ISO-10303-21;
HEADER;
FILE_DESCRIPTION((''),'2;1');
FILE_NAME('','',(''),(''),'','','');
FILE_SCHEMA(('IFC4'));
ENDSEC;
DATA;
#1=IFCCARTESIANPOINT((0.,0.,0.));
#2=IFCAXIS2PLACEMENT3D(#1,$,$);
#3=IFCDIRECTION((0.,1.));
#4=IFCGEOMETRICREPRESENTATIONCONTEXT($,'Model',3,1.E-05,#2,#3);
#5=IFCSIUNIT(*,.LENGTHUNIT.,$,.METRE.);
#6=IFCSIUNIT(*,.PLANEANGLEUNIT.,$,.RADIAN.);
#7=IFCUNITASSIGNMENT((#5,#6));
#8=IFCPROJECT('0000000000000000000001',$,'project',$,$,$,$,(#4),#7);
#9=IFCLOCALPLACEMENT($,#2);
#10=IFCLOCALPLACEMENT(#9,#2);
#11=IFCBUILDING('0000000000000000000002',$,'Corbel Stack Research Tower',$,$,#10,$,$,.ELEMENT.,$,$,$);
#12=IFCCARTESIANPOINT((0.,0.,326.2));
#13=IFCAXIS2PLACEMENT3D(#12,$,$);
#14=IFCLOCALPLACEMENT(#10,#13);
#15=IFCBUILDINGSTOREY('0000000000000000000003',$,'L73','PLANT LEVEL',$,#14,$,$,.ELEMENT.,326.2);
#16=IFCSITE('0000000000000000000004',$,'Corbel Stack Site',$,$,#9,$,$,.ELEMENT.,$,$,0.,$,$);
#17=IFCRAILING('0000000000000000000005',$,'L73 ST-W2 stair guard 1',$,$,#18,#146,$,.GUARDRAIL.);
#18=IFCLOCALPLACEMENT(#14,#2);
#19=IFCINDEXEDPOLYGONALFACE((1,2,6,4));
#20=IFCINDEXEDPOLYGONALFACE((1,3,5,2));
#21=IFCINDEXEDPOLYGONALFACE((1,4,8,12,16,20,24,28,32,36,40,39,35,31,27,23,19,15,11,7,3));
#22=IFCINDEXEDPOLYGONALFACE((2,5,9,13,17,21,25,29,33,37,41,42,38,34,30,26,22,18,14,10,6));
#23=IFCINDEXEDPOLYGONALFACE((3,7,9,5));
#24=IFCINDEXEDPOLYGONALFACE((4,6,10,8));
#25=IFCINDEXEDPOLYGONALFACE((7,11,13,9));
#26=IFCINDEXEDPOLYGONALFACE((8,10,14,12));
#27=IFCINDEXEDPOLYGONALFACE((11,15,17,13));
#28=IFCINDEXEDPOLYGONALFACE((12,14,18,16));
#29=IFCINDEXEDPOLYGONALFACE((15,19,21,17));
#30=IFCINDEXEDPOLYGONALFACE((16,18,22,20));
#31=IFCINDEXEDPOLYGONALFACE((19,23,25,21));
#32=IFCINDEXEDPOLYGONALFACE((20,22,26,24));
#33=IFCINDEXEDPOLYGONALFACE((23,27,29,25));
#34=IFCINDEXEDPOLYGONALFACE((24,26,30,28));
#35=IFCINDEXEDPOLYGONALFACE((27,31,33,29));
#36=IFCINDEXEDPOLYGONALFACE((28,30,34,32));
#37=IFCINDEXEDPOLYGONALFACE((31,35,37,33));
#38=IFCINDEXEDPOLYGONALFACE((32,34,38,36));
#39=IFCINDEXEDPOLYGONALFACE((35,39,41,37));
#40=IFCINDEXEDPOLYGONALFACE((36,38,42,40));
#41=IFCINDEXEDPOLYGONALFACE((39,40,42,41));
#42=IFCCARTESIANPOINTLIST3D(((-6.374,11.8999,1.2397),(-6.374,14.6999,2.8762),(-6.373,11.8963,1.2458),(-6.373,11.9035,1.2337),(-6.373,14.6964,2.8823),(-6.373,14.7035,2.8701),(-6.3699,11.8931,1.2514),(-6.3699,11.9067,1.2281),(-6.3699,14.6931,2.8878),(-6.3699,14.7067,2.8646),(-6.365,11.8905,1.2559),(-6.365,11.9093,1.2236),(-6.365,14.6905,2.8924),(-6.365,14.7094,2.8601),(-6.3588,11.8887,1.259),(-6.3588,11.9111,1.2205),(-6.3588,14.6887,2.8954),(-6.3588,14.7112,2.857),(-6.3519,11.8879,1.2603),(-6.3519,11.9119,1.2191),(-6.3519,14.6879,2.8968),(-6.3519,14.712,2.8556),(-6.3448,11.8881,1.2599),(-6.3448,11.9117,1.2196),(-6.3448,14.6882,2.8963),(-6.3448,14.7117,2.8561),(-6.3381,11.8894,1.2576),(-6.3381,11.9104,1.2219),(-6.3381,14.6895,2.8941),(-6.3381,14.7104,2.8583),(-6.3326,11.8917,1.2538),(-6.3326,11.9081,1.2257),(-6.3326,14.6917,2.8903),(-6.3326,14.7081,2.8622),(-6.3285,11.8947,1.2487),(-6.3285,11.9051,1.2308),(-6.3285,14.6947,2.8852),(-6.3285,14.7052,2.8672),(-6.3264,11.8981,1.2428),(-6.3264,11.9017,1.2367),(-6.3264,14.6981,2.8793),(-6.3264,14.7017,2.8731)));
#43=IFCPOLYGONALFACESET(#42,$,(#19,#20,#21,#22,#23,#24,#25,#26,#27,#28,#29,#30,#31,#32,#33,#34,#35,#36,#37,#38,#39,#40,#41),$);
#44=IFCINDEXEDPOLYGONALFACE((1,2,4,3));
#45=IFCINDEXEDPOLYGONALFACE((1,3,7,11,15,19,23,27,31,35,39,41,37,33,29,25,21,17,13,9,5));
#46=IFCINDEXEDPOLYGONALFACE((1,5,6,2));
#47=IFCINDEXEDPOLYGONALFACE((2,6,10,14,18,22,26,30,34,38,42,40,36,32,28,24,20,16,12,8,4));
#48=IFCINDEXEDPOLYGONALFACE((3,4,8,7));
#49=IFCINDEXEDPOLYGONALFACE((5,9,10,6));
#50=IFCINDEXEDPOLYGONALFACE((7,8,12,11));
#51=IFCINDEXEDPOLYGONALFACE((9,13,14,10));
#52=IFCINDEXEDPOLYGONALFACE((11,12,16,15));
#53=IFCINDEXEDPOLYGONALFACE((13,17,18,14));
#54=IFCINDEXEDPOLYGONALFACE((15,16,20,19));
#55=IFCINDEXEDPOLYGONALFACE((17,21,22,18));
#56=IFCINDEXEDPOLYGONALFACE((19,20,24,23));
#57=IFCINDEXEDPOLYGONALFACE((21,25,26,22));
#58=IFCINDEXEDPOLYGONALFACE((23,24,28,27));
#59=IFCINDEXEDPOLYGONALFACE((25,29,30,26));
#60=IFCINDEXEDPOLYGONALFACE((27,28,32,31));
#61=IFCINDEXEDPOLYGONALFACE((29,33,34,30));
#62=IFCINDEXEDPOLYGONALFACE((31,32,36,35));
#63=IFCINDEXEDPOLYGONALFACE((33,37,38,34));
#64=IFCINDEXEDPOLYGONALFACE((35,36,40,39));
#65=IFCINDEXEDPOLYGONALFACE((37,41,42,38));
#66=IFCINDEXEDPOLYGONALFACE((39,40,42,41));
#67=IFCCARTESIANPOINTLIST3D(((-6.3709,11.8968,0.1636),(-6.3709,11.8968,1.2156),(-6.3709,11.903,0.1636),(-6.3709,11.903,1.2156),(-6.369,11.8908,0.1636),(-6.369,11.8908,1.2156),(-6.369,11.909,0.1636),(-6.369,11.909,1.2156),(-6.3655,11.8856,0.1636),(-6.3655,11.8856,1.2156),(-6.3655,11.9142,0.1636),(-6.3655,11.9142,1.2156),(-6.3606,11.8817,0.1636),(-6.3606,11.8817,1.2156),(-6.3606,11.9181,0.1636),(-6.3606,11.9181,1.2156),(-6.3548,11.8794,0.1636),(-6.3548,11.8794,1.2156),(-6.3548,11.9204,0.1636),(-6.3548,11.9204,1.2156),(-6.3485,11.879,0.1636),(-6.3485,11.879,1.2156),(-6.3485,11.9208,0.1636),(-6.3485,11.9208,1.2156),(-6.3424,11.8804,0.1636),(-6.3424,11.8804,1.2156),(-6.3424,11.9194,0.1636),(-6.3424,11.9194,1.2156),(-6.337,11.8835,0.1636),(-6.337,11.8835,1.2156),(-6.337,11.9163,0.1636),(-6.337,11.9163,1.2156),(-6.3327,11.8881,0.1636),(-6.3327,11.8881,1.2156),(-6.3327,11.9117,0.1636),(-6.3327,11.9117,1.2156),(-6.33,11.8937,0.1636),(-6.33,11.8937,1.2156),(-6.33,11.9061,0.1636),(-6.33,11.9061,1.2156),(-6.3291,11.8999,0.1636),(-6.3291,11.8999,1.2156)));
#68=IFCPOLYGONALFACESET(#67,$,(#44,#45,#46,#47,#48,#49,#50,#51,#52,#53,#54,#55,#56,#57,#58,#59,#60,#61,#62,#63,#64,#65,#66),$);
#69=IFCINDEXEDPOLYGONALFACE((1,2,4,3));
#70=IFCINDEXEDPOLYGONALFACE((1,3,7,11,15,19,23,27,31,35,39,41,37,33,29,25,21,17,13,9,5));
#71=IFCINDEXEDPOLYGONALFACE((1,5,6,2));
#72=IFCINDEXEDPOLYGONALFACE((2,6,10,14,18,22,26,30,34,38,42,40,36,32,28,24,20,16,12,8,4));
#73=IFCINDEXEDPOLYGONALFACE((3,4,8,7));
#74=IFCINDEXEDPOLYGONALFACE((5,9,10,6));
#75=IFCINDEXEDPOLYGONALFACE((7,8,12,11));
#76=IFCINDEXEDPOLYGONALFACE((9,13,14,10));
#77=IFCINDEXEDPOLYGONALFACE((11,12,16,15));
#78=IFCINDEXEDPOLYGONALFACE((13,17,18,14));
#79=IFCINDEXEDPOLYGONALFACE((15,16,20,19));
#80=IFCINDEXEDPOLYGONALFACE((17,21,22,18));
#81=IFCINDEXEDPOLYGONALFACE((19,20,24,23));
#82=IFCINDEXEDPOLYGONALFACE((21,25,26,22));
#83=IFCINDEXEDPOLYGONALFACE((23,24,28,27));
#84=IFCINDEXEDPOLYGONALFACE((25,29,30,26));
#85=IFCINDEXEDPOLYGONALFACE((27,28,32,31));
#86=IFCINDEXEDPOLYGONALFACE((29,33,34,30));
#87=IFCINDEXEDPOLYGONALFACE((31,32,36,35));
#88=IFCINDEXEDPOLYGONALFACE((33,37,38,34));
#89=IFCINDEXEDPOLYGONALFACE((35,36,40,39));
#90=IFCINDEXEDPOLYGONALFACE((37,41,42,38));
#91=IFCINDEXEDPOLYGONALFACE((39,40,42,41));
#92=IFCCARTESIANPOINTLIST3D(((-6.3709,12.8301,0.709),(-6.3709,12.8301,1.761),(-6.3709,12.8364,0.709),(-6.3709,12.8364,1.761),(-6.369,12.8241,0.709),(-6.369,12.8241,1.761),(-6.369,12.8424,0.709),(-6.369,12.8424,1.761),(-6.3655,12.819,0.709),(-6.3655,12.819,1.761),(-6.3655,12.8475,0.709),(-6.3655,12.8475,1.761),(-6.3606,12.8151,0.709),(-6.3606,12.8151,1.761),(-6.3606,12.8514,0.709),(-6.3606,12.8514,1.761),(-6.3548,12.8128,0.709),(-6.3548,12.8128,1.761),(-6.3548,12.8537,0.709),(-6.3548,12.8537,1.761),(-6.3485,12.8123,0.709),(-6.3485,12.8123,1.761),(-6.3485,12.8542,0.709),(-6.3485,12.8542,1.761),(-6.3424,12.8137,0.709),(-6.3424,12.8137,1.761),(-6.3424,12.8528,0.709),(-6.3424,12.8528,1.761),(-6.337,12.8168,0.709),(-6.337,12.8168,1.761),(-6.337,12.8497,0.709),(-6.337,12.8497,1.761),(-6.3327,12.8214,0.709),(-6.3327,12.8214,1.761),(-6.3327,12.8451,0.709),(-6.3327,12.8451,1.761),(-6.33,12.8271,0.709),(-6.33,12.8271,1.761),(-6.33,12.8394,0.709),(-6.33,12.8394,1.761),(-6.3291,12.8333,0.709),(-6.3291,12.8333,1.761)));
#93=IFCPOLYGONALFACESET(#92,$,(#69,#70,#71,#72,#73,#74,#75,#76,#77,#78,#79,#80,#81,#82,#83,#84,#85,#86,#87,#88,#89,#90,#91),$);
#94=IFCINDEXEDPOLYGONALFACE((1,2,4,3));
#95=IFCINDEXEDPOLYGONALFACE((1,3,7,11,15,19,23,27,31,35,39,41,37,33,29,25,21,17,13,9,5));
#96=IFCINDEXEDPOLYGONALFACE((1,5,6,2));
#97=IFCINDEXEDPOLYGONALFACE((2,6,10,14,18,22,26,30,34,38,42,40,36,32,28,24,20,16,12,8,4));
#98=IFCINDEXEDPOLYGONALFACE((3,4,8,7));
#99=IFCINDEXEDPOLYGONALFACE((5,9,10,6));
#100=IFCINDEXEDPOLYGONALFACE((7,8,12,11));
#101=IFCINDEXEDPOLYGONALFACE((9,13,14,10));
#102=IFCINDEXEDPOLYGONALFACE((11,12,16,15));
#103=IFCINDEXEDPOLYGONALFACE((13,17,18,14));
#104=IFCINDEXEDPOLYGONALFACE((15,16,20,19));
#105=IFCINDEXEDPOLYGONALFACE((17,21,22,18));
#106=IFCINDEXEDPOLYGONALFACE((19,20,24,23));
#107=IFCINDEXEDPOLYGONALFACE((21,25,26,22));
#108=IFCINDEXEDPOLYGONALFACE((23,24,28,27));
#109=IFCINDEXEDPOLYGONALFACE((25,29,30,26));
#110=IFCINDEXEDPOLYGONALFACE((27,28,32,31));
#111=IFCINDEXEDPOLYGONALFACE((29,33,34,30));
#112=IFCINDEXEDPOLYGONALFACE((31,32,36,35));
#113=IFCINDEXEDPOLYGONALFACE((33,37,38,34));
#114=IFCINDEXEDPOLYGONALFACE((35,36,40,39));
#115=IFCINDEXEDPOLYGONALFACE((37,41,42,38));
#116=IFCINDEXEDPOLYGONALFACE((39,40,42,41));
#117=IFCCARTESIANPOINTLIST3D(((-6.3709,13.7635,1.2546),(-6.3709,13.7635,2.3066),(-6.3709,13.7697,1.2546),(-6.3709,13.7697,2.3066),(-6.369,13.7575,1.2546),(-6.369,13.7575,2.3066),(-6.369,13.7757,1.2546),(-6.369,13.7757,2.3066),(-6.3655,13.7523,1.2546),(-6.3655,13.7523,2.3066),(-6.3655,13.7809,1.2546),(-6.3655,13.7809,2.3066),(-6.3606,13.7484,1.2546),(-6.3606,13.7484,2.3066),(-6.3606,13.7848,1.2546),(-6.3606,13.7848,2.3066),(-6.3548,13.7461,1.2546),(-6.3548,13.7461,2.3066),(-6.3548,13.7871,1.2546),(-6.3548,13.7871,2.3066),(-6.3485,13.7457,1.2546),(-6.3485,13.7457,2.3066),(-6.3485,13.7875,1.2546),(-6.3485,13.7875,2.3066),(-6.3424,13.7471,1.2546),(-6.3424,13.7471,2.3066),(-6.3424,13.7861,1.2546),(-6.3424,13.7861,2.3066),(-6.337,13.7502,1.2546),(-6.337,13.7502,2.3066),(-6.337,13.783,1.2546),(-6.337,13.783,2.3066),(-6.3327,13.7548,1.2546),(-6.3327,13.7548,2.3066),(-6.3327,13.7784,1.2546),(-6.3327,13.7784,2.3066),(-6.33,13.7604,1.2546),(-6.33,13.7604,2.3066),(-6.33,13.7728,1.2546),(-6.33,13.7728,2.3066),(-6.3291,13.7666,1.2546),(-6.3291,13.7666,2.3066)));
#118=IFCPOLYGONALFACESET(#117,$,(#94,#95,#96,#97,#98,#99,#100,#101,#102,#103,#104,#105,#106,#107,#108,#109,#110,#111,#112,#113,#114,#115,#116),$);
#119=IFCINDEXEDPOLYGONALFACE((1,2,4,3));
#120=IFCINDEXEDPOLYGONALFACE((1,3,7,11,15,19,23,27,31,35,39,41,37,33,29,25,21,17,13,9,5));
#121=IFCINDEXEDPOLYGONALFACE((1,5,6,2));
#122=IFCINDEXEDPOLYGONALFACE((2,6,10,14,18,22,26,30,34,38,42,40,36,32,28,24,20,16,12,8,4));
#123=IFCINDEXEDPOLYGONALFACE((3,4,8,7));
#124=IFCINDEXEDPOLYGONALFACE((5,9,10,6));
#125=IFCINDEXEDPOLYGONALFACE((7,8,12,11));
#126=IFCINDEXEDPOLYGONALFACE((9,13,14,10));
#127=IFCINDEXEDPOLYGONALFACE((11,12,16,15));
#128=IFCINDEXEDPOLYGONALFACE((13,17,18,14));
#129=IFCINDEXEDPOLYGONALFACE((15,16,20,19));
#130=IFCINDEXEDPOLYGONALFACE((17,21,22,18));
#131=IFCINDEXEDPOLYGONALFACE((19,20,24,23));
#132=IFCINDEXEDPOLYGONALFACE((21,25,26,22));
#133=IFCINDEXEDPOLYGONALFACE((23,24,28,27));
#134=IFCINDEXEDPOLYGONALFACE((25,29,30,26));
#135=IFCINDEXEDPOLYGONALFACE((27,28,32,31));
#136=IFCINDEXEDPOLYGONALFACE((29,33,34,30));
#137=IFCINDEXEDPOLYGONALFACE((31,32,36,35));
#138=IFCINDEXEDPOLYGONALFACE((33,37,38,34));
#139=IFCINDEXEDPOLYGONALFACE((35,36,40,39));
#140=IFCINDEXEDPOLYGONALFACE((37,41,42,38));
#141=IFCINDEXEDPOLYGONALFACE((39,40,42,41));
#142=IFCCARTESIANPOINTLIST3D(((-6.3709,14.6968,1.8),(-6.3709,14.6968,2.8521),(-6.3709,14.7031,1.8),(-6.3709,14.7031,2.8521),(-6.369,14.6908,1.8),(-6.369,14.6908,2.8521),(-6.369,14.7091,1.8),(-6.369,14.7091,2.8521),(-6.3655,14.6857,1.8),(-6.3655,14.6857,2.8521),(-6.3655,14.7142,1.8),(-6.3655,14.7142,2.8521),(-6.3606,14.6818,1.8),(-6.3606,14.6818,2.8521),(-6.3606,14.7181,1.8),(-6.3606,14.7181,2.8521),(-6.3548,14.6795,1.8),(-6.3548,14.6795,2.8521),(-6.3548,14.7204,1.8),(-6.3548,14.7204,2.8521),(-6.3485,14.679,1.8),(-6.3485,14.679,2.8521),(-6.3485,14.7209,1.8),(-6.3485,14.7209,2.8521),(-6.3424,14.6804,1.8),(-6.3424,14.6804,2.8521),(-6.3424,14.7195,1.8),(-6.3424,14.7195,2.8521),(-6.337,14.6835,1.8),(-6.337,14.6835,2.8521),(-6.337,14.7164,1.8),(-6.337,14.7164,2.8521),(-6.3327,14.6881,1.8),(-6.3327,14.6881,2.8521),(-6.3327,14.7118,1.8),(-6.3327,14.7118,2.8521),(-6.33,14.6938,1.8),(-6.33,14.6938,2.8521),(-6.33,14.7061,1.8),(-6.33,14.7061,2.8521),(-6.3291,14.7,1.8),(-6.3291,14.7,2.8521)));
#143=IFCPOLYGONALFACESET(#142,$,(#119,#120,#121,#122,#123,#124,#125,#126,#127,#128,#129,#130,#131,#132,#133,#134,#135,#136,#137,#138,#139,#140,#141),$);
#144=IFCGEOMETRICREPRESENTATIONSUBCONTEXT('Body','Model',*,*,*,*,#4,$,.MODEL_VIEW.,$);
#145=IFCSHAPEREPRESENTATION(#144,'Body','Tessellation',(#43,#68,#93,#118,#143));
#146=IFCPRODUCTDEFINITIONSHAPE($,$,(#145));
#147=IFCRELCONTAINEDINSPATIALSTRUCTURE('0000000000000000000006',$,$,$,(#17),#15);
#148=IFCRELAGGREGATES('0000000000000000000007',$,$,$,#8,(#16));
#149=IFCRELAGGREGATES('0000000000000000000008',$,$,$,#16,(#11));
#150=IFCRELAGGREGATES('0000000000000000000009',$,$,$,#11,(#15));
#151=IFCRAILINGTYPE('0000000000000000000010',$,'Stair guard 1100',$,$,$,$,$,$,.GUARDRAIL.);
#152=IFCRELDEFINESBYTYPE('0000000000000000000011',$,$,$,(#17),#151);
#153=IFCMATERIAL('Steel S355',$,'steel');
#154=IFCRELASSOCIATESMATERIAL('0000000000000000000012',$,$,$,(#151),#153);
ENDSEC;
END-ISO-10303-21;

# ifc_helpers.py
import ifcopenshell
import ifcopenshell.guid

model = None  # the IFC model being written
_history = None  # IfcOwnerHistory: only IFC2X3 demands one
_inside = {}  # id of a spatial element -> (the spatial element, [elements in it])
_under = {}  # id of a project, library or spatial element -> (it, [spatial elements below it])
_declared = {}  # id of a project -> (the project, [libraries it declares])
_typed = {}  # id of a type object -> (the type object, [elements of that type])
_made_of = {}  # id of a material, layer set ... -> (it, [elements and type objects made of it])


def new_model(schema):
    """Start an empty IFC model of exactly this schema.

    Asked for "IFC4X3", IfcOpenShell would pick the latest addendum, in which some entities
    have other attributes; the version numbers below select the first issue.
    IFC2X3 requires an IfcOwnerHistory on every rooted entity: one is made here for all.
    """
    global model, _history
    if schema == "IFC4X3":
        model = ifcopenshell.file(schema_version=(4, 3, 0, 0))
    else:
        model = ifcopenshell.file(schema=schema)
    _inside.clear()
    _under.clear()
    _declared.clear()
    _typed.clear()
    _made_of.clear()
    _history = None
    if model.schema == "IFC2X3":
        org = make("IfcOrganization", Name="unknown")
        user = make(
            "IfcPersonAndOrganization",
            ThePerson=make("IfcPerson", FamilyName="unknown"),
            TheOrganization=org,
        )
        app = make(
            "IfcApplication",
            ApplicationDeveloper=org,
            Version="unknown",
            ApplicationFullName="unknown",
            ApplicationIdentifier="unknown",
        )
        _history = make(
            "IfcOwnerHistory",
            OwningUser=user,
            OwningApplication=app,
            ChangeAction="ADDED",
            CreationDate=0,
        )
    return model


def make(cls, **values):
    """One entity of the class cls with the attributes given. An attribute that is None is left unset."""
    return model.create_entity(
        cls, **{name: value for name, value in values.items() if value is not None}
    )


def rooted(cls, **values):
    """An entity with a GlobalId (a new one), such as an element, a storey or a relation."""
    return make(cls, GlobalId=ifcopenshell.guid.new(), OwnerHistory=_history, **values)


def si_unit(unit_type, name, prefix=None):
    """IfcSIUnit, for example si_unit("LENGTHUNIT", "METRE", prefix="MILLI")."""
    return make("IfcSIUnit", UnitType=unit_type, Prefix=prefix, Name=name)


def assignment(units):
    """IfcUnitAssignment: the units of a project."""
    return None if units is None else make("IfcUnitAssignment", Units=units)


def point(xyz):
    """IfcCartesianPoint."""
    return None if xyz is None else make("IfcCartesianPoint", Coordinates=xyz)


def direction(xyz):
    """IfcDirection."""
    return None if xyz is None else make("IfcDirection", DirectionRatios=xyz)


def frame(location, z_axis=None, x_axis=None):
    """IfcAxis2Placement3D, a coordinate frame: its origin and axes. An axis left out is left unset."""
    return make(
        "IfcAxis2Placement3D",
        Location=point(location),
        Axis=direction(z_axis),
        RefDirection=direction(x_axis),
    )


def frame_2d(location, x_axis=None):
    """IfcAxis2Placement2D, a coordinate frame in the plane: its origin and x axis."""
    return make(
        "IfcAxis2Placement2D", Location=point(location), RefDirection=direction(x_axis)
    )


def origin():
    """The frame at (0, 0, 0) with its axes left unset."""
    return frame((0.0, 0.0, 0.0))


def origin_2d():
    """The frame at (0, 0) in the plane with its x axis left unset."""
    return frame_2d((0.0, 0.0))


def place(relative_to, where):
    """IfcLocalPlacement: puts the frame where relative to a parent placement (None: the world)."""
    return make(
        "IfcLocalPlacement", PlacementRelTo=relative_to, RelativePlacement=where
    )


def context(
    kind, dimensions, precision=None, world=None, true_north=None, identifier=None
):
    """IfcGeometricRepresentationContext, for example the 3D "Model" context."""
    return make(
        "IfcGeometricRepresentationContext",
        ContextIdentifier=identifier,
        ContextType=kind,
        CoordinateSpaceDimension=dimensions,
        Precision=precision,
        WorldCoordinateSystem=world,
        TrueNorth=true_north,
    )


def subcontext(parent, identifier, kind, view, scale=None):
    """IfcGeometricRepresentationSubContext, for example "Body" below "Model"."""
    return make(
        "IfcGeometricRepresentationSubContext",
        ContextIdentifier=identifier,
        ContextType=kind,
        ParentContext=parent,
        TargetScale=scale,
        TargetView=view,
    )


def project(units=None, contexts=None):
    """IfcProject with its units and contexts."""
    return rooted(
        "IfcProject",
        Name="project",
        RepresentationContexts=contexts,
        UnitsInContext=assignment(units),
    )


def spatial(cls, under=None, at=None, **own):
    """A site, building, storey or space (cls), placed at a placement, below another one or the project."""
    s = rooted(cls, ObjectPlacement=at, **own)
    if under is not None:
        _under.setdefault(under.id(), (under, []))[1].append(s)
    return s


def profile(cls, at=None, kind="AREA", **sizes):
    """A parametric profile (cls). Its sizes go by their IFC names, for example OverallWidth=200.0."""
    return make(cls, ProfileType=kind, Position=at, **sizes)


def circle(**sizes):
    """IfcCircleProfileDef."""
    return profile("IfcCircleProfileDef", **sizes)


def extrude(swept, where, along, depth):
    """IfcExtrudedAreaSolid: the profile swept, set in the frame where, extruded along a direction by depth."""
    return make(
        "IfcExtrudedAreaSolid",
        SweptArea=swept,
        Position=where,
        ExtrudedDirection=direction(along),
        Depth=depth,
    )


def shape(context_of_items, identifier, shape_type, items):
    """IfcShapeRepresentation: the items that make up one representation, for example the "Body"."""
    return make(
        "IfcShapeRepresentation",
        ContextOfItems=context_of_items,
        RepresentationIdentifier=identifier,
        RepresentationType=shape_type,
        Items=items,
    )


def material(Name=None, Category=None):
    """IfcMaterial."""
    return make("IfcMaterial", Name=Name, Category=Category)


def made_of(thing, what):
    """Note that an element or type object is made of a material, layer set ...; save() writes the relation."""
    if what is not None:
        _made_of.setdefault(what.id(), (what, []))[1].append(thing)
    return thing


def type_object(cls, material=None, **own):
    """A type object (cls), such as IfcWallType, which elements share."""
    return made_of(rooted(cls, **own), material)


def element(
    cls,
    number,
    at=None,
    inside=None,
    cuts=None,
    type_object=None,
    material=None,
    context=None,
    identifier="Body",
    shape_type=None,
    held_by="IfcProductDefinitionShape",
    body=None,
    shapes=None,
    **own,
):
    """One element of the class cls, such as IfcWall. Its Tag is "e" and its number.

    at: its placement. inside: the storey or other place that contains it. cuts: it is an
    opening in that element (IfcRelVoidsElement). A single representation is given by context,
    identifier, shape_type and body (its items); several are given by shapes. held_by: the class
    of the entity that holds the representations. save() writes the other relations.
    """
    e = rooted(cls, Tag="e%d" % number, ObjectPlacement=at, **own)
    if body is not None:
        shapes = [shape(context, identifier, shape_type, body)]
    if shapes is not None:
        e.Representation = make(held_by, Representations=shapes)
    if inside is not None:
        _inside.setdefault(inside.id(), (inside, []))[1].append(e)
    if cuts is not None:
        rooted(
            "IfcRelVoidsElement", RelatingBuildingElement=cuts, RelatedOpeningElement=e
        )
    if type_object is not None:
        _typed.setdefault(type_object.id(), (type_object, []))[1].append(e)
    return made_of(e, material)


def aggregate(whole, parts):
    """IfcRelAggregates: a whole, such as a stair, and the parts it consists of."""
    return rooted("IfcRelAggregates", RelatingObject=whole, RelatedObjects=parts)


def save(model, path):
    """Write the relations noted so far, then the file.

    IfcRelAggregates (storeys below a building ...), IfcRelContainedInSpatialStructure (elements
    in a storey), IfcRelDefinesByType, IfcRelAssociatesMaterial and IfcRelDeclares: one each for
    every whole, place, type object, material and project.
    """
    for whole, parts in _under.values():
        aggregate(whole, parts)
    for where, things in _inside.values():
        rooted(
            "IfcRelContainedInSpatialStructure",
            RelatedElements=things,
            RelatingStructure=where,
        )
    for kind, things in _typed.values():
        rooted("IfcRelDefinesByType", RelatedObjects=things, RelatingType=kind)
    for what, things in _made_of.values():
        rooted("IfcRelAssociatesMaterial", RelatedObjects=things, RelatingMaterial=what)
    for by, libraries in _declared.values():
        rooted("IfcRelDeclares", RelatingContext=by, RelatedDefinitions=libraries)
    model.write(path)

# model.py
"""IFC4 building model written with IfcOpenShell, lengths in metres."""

from ifc_helpers import new_model, si_unit, direction, frame, origin, origin_2d, place, context, subcontext, project, spatial, circle, extrude, material, type_object, element, save


model = new_model("IFC4")

# Units and contexts
model_context = context("Model", 3, precision=1e-05, world=origin(), true_north=direction((0.0, 1.0)))
body_context = subcontext(model_context, "Body", "Model", "MODEL_VIEW")
ifc_project = project(units=[si_unit("LENGTHUNIT", "METRE"), si_unit("PLANEANGLEUNIT", "RADIAN")], contexts=[model_context])

# Site, building, storey
site_placement = place(None, origin())
site = spatial("IfcSite", under=ifc_project, at=site_placement, Name="Corbel Stack Site", CompositionType="ELEMENT", RefElevation=0.0)
building_placement = place(site_placement, origin())
building = spatial("IfcBuilding", under=site, at=building_placement, Name="Corbel Stack Research Tower", CompositionType="ELEMENT")
storey_placement = place(building_placement, frame((0.0, 0.0, 326.2)))
storey = spatial("IfcBuildingStorey", under=building, at=storey_placement, Name="L73", Description="PLANT LEVEL", CompositionType="ELEMENT", Elevation=326.2)

# Railing
ifc_material_1 = material(Name="Steel S355", Category="steel")
railing_type_1 = type_object("IfcRailingType", Name="Stair guard 1100", PredefinedType="GUARDRAIL", material=ifc_material_1)
railing_1_placement = place(storey_placement, frame((-6.3501, 11.8999, 0.1636)))
element("IfcRailing", 1, at=railing_1_placement, inside=storey, type_object=railing_type_1, Name="L73 ST-W2 stair guard 1", PredefinedType="GUARDRAIL", context=body_context, shape_type="SweptSolid", body=[
    extrude(circle(Radius=0.0239, at=origin_2d()), frame((0.0, 0.0, 1.0762), z_axis=(0.0, 0.863361, 0.504587), x_axis=(-1.0, 0.0, 0.0)), (0.0, 0.0, 1.0), 3.2432),
    extrude(circle(Radius=0.021, at=origin_2d()), origin(), (0.0, 0.0, 1.0), 1.052),
    extrude(circle(Radius=0.021, at=origin_2d()), frame((0.0, 0.9333, 0.5454)), (0.0, 0.0, 1.0), 1.052),
    extrude(circle(Radius=0.021, at=origin_2d()), frame((0.0, 1.8667, 1.0911)), (0.0, 0.0, 1.0), 1.052),
    extrude(circle(Radius=0.021, at=origin_2d()), frame((0.0, 2.8, 1.6365)), (0.0, 0.0, 1.0), 1.052),
])

save(model, "model.ifc")
